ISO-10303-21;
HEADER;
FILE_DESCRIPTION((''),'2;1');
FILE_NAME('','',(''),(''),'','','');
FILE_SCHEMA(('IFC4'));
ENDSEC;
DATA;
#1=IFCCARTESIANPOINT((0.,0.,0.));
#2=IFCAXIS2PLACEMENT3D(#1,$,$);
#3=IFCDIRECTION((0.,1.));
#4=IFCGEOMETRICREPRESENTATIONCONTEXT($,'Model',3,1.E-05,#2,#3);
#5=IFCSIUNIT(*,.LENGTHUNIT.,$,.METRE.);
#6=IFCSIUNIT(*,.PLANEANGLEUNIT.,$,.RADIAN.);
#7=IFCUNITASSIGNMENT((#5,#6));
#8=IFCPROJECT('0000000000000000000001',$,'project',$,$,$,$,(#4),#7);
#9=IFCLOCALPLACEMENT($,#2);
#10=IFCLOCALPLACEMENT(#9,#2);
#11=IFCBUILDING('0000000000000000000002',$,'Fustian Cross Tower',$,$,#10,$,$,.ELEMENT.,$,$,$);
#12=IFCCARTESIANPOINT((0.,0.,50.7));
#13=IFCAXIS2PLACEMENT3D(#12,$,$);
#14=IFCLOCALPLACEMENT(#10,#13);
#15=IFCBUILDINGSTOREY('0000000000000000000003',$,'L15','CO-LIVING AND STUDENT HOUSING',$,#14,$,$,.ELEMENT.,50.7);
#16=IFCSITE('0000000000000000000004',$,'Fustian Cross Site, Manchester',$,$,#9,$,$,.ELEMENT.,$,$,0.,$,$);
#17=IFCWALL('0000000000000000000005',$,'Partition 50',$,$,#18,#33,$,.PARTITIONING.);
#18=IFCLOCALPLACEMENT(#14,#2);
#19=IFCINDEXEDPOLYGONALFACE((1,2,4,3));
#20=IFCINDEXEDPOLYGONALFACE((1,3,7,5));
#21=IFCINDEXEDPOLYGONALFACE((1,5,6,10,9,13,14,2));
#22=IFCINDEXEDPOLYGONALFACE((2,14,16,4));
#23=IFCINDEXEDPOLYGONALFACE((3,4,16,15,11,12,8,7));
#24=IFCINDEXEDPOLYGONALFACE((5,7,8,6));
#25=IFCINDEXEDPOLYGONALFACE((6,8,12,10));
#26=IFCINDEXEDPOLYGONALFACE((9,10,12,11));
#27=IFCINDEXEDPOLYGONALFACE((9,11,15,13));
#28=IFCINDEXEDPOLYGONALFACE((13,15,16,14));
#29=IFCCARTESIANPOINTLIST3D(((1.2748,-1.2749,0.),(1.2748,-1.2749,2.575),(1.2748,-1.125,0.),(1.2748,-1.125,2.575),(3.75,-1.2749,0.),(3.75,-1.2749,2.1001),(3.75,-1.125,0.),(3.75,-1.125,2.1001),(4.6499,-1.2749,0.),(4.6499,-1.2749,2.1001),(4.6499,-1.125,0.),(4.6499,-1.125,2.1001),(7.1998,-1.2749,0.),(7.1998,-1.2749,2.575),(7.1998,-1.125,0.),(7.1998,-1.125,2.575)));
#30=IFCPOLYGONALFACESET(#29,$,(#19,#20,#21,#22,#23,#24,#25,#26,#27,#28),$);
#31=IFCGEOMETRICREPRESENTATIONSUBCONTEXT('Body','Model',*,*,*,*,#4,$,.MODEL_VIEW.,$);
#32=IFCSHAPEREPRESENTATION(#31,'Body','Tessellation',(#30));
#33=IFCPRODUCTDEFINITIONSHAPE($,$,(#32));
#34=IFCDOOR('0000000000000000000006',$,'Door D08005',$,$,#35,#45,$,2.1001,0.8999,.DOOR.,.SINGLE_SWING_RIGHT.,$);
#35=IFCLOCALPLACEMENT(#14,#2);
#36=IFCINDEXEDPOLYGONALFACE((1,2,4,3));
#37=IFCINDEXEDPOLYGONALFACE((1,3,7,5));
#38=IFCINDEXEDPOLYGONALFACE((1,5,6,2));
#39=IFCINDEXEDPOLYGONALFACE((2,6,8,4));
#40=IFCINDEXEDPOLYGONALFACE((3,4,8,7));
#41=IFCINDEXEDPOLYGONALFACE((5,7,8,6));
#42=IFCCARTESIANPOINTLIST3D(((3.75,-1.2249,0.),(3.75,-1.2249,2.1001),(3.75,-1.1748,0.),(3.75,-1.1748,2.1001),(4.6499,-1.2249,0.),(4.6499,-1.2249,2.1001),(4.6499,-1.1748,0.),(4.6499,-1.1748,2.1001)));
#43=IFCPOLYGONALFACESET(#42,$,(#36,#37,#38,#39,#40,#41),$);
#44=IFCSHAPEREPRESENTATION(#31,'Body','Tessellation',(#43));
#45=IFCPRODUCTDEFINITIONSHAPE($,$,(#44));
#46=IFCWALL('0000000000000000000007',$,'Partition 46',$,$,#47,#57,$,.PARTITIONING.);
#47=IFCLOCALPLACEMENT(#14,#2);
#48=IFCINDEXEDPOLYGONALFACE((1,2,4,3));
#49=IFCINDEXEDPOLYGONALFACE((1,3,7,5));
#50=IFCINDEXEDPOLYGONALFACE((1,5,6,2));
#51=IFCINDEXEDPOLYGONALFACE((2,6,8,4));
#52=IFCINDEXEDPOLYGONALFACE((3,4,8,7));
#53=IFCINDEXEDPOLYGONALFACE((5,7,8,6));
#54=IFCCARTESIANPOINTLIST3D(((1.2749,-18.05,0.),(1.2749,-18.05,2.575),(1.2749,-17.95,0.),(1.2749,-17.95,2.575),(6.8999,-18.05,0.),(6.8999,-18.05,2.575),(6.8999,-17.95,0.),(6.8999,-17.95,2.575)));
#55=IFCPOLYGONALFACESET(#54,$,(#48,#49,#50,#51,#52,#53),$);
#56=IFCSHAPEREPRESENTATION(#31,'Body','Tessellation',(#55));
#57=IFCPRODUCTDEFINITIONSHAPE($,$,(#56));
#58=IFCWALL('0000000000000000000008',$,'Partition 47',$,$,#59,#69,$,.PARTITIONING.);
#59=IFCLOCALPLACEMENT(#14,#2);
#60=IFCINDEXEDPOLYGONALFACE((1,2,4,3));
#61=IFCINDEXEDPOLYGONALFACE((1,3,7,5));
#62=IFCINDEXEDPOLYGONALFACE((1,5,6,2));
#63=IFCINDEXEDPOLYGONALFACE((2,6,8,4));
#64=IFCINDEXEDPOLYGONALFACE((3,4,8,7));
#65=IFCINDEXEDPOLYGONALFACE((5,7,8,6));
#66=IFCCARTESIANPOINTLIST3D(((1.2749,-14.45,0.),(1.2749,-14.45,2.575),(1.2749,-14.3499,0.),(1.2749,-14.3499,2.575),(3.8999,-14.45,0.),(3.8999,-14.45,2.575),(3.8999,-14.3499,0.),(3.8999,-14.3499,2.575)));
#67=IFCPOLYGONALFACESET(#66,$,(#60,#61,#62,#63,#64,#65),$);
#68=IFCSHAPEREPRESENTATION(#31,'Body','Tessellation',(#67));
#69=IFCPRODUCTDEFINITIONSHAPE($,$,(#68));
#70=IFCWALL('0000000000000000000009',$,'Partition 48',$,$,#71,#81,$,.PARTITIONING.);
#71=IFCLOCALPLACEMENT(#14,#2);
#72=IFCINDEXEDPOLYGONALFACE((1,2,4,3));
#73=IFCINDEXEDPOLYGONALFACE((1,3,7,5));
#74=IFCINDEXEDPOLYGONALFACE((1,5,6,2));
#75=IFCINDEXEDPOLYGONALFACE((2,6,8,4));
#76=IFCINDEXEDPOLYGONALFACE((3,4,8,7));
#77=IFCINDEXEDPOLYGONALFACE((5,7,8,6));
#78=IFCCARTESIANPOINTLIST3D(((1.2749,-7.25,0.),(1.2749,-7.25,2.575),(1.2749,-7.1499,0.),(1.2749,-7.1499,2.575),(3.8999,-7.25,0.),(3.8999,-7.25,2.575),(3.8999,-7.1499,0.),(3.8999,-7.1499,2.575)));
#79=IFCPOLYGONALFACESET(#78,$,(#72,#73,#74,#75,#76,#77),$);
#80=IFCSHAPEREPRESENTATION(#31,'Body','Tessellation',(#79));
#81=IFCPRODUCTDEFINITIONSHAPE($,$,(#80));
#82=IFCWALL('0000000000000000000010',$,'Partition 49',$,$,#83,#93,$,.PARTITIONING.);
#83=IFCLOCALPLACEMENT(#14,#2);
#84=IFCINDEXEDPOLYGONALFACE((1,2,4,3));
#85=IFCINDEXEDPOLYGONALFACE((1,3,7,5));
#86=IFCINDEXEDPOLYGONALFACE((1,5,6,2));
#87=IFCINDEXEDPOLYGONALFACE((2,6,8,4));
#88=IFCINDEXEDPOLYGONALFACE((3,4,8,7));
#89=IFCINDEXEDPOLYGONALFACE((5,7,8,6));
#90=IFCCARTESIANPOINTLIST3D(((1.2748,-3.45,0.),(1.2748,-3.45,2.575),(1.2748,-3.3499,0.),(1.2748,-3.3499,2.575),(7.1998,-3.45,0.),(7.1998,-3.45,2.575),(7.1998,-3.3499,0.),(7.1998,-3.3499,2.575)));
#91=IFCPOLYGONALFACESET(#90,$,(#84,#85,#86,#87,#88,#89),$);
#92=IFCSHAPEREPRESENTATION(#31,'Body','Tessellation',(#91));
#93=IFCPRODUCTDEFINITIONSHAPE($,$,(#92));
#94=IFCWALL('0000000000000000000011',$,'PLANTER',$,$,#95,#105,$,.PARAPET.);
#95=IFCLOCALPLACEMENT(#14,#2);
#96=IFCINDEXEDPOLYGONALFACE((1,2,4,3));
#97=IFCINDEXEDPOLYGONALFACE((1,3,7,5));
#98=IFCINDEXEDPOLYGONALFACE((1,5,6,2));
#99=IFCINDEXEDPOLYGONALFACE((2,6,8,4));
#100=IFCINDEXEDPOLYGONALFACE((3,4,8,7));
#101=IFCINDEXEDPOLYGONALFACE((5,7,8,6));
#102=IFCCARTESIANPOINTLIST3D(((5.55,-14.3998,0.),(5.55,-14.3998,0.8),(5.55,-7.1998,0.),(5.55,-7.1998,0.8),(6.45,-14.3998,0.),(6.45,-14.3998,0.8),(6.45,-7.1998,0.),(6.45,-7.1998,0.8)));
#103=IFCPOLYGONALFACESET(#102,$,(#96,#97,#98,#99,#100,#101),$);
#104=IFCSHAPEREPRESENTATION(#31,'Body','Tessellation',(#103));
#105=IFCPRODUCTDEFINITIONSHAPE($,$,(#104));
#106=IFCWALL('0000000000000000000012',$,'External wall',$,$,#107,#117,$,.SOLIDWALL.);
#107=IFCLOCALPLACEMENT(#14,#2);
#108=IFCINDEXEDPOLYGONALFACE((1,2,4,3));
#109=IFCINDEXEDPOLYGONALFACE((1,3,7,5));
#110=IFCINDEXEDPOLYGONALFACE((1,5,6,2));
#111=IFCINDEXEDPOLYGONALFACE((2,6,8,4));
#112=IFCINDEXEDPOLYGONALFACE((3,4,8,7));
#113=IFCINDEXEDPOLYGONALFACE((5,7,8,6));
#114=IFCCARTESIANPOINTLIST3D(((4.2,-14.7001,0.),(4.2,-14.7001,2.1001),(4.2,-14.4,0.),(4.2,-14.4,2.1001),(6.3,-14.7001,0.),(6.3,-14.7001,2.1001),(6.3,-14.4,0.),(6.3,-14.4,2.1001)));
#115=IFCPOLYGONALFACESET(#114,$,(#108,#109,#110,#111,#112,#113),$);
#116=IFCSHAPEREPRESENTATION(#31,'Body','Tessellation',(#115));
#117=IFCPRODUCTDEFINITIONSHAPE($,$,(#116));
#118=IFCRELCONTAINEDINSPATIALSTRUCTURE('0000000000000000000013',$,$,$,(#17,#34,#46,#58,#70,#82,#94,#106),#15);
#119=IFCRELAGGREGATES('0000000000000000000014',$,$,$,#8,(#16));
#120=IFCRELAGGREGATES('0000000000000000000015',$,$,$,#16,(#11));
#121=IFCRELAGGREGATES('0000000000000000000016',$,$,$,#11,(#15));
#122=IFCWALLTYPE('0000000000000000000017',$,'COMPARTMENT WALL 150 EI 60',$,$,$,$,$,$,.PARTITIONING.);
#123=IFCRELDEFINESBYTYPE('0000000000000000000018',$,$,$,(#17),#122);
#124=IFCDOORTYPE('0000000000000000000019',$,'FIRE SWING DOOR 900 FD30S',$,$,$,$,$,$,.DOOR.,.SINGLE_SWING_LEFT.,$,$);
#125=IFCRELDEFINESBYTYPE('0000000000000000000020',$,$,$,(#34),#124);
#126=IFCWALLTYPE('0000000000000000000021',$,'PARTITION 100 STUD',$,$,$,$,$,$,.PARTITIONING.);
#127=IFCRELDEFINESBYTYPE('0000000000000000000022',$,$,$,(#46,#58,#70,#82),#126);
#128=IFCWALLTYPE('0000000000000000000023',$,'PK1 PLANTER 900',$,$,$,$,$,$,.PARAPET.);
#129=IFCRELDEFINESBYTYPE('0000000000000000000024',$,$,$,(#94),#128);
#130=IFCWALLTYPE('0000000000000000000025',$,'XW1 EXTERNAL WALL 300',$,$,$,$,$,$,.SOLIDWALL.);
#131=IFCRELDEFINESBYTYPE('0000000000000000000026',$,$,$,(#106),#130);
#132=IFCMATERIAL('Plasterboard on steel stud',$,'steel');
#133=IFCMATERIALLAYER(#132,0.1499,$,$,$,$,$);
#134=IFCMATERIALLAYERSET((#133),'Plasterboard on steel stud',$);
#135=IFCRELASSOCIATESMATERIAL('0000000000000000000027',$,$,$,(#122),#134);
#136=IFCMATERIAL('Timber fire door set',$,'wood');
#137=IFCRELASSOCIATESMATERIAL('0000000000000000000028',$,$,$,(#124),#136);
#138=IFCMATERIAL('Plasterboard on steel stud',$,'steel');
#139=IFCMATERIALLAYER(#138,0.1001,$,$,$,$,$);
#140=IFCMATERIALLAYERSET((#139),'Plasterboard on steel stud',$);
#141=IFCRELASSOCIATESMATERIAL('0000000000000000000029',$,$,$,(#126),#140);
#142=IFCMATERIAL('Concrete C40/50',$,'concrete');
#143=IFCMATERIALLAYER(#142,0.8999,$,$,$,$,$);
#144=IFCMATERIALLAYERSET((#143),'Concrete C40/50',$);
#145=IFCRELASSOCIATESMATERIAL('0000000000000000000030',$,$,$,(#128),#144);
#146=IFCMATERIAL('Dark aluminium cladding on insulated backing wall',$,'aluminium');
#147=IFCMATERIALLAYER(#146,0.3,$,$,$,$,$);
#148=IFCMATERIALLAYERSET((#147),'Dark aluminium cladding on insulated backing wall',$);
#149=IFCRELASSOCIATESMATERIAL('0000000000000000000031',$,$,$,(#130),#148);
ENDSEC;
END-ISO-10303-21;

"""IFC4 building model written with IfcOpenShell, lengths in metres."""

from ifc_helpers import new_model, si_unit, direction, frame, frame_2d, origin, place, context, subcontext, project, spatial, rectangle, extrude, material, layer, layer_set, type_object, element, fill, save


model = new_model("IFC4")

# Units and contexts
model_context = context("Model", 3, precision=1e-05, world=origin(), true_north=direction((0.0, 1.0)))
body_context = subcontext(model_context, "Body", "Model", "MODEL_VIEW")
ifc_project = project(units=[si_unit("LENGTHUNIT", "METRE"), si_unit("PLANEANGLEUNIT", "RADIAN")], contexts=[model_context])

# Site, building, storey
site_placement = place(None, origin())
site = spatial("IfcSite", under=ifc_project, at=site_placement, Name="Fustian Cross Site, Manchester", CompositionType="ELEMENT", RefElevation=0.0)
building_placement = place(site_placement, origin())
building = spatial("IfcBuilding", under=site, at=building_placement, Name="Fustian Cross Tower", CompositionType="ELEMENT")
storey_placement = place(building_placement, frame((0.0, 0.0, 50.7)))
storey = spatial("IfcBuildingStorey", under=building, at=storey_placement, Name="L15", Description="CO-LIVING AND STUDENT HOUSING", CompositionType="ELEMENT", Elevation=50.7)

# Wall, opening, door
ifc_material_1 = material(Name="Plasterboard on steel stud", Category="steel")
ifc_layer_1 = layer(ifc_material_1, 0.1499)
ifc_layer_set_1 = layer_set([ifc_layer_1], Name="Plasterboard on steel stud")
wall_type_1 = type_object("IfcWallType", Name="COMPARTMENT WALL 150 EI 60", PredefinedType="PARTITIONING", material=ifc_layer_set_1)
wall_1_placement = place(storey_placement, frame((1.2749, -1.2, 0.0), z_axis=(0.0, 0.0, 1.0), x_axis=(1.0, 0.0, 0.0)))
wall_1 = element("IfcWall", 1, at=wall_1_placement, inside=storey, type_object=wall_type_1, Name="Partition 50", PredefinedType="PARTITIONING", context=body_context, shape_type="SweptSolid", body=[
    extrude(rectangle(XDim=5.925, YDim=0.1499, at=frame_2d((2.9624, 0.0))), origin(), (0.0, 0.0, 1.0), 2.575),
])
opening_1_placement = place(wall_1_placement, frame((2.4751, 0.0, 0.0)))
opening_1 = element("IfcOpeningElement", 2, at=opening_1_placement, cuts=wall_1, PredefinedType="OPENING", context=body_context, shape_type="SweptSolid", body=[
    extrude(rectangle(XDim=0.8999, YDim=2.1001, at=frame_2d((0.45, 1.05))), frame((0.0, 0.085, 0.0), z_axis=(0.0, -1.0, 0.0), x_axis=(1.0, 0.0, 0.0)), (0.0, 0.0, 1.0), 0.1699),
])
ifc_material_2 = material(Name="Timber fire door set", Category="wood")
door_type_1 = type_object("IfcDoorType", Name="FIRE SWING DOOR 900 FD30S", OperationType="SINGLE_SWING_LEFT", PredefinedType="DOOR", material=ifc_material_2)
door_1_placement = place(opening_1_placement, frame((0.8999, 0.0, 0.0), z_axis=(0.0, 0.0, 1.0), x_axis=(-1.0, 0.0, 0.0)))
door_1 = element("IfcDoor", 3, at=door_1_placement, inside=storey, type_object=door_type_1, Name="Door D08005", OperationType="SINGLE_SWING_RIGHT", OverallHeight=2.1001, OverallWidth=0.8999, PredefinedType="DOOR", context=body_context, shape_type="SweptSolid", body=[
    extrude(rectangle(XDim=0.8999, YDim=2.1001, at=frame_2d((0.45, 1.05))), frame((0.0, 0.0249, 0.0), z_axis=(0.0, -1.0, 0.0), x_axis=(1.0, 0.0, 0.0)), (0.0, 0.0, 1.0), 0.05),
])
fill(opening_1, door_1)

# Walls
ifc_material_3 = material(Name="Plasterboard on steel stud", Category="steel")
ifc_layer_2 = layer(ifc_material_3, 0.1001)
ifc_layer_set_2 = layer_set([ifc_layer_2], Name="Plasterboard on steel stud")
wall_type_2 = type_object("IfcWallType", Name="PARTITION 100 STUD", PredefinedType="PARTITIONING", material=ifc_layer_set_2)
wall_2_placement = place(storey_placement, frame((1.2749, -18.0, 0.0), z_axis=(0.0, 0.0, 1.0), x_axis=(1.0, 0.0, 0.0)))
element("IfcWall", 4, at=wall_2_placement, inside=storey, type_object=wall_type_2, Name="Partition 46", PredefinedType="PARTITIONING", context=body_context, shape_type="SweptSolid", body=[
    extrude(rectangle(XDim=5.625, YDim=0.1001, at=frame_2d((2.8125, 0.0))), origin(), (0.0, 0.0, 1.0), 2.575),
])
for number, where, z_axis, x_axis, name in (
    (5, (1.2749, -14.3999, 0.0), (0.0, 0.0, 1.0), (1.0, 0.0, 0.0), "Partition 47"),
    (6, (1.2749, -7.2, 0.0), (0.0, 0.0, 1.0), (1.0, 0.0, 0.0), "Partition 48"),
):
    element("IfcWall", number, at=place(storey_placement, frame(where, z_axis=z_axis, x_axis=x_axis)), inside=storey, type_object=wall_type_2, Name=name, PredefinedType="PARTITIONING", context=body_context, shape_type="SweptSolid", body=[
        extrude(rectangle(XDim=2.625, YDim=0.1001, at=frame_2d((1.3125, 0.0))), origin(), (0.0, 0.0, 1.0), 2.575),
    ])
wall_3_placement = place(storey_placement, frame((1.2749, -3.3999, 0.0), z_axis=(0.0, 0.0, 1.0), x_axis=(1.0, 0.0, 0.0)))
element("IfcWall", 7, at=wall_3_placement, inside=storey, type_object=wall_type_2, Name="Partition 49", PredefinedType="PARTITIONING", context=body_context, shape_type="SweptSolid", body=[
    extrude(rectangle(XDim=5.925, YDim=0.1001, at=frame_2d((2.9624, 0.0))), origin(), (0.0, 0.0, 1.0), 2.575),
])
ifc_material_4 = material(Name="Concrete C40/50", Category="concrete")
ifc_layer_3 = layer(ifc_material_4, 0.8999)
ifc_layer_set_3 = layer_set([ifc_layer_3], Name="Concrete C40/50")
wall_type_3 = type_object("IfcWallType", Name="PK1 PLANTER 900", PredefinedType="PARAPET", material=ifc_layer_set_3)
wall_4_placement = place(storey_placement, frame((6.0, -14.3999, 0.0), z_axis=(0.0, 0.0, 1.0), x_axis=(0.0, 1.0, 0.0)))
element("IfcWall", 8, at=wall_4_placement, inside=storey, type_object=wall_type_3, Name="PLANTER", PredefinedType="PARAPET", context=body_context, shape_type="SweptSolid", body=[
    extrude(rectangle(XDim=7.2, YDim=0.8999, at=frame_2d((3.6001, 0.0))), origin(), (0.0, 0.0, 1.0), 0.8),
])
ifc_material_5 = material(Name="Dark aluminium cladding on insulated backing wall", Category="aluminium")
ifc_layer_4 = layer(ifc_material_5, 0.3)
ifc_layer_set_4 = layer_set([ifc_layer_4], Name="Dark aluminium cladding on insulated backing wall")
wall_type_4 = type_object("IfcWallType", Name="XW1 EXTERNAL WALL 300", PredefinedType="SOLIDWALL", material=ifc_layer_set_4)
wall_5_placement = place(storey_placement, frame((6.3, -14.55, 0.0), z_axis=(0.0, 0.0, 1.0), x_axis=(-1.0, 0.0, 0.0)))
element("IfcWall", 9, at=wall_5_placement, inside=storey, type_object=wall_type_4, Name="External wall", PredefinedType="SOLIDWALL", context=body_context, shape_type="SweptSolid", body=[
    extrude(rectangle(XDim=2.1001, YDim=0.3, at=frame_2d((1.05, 0.0))), origin(), (0.0, 0.0, 1.0), 2.1001),
])

save(model, "model.ifc")
